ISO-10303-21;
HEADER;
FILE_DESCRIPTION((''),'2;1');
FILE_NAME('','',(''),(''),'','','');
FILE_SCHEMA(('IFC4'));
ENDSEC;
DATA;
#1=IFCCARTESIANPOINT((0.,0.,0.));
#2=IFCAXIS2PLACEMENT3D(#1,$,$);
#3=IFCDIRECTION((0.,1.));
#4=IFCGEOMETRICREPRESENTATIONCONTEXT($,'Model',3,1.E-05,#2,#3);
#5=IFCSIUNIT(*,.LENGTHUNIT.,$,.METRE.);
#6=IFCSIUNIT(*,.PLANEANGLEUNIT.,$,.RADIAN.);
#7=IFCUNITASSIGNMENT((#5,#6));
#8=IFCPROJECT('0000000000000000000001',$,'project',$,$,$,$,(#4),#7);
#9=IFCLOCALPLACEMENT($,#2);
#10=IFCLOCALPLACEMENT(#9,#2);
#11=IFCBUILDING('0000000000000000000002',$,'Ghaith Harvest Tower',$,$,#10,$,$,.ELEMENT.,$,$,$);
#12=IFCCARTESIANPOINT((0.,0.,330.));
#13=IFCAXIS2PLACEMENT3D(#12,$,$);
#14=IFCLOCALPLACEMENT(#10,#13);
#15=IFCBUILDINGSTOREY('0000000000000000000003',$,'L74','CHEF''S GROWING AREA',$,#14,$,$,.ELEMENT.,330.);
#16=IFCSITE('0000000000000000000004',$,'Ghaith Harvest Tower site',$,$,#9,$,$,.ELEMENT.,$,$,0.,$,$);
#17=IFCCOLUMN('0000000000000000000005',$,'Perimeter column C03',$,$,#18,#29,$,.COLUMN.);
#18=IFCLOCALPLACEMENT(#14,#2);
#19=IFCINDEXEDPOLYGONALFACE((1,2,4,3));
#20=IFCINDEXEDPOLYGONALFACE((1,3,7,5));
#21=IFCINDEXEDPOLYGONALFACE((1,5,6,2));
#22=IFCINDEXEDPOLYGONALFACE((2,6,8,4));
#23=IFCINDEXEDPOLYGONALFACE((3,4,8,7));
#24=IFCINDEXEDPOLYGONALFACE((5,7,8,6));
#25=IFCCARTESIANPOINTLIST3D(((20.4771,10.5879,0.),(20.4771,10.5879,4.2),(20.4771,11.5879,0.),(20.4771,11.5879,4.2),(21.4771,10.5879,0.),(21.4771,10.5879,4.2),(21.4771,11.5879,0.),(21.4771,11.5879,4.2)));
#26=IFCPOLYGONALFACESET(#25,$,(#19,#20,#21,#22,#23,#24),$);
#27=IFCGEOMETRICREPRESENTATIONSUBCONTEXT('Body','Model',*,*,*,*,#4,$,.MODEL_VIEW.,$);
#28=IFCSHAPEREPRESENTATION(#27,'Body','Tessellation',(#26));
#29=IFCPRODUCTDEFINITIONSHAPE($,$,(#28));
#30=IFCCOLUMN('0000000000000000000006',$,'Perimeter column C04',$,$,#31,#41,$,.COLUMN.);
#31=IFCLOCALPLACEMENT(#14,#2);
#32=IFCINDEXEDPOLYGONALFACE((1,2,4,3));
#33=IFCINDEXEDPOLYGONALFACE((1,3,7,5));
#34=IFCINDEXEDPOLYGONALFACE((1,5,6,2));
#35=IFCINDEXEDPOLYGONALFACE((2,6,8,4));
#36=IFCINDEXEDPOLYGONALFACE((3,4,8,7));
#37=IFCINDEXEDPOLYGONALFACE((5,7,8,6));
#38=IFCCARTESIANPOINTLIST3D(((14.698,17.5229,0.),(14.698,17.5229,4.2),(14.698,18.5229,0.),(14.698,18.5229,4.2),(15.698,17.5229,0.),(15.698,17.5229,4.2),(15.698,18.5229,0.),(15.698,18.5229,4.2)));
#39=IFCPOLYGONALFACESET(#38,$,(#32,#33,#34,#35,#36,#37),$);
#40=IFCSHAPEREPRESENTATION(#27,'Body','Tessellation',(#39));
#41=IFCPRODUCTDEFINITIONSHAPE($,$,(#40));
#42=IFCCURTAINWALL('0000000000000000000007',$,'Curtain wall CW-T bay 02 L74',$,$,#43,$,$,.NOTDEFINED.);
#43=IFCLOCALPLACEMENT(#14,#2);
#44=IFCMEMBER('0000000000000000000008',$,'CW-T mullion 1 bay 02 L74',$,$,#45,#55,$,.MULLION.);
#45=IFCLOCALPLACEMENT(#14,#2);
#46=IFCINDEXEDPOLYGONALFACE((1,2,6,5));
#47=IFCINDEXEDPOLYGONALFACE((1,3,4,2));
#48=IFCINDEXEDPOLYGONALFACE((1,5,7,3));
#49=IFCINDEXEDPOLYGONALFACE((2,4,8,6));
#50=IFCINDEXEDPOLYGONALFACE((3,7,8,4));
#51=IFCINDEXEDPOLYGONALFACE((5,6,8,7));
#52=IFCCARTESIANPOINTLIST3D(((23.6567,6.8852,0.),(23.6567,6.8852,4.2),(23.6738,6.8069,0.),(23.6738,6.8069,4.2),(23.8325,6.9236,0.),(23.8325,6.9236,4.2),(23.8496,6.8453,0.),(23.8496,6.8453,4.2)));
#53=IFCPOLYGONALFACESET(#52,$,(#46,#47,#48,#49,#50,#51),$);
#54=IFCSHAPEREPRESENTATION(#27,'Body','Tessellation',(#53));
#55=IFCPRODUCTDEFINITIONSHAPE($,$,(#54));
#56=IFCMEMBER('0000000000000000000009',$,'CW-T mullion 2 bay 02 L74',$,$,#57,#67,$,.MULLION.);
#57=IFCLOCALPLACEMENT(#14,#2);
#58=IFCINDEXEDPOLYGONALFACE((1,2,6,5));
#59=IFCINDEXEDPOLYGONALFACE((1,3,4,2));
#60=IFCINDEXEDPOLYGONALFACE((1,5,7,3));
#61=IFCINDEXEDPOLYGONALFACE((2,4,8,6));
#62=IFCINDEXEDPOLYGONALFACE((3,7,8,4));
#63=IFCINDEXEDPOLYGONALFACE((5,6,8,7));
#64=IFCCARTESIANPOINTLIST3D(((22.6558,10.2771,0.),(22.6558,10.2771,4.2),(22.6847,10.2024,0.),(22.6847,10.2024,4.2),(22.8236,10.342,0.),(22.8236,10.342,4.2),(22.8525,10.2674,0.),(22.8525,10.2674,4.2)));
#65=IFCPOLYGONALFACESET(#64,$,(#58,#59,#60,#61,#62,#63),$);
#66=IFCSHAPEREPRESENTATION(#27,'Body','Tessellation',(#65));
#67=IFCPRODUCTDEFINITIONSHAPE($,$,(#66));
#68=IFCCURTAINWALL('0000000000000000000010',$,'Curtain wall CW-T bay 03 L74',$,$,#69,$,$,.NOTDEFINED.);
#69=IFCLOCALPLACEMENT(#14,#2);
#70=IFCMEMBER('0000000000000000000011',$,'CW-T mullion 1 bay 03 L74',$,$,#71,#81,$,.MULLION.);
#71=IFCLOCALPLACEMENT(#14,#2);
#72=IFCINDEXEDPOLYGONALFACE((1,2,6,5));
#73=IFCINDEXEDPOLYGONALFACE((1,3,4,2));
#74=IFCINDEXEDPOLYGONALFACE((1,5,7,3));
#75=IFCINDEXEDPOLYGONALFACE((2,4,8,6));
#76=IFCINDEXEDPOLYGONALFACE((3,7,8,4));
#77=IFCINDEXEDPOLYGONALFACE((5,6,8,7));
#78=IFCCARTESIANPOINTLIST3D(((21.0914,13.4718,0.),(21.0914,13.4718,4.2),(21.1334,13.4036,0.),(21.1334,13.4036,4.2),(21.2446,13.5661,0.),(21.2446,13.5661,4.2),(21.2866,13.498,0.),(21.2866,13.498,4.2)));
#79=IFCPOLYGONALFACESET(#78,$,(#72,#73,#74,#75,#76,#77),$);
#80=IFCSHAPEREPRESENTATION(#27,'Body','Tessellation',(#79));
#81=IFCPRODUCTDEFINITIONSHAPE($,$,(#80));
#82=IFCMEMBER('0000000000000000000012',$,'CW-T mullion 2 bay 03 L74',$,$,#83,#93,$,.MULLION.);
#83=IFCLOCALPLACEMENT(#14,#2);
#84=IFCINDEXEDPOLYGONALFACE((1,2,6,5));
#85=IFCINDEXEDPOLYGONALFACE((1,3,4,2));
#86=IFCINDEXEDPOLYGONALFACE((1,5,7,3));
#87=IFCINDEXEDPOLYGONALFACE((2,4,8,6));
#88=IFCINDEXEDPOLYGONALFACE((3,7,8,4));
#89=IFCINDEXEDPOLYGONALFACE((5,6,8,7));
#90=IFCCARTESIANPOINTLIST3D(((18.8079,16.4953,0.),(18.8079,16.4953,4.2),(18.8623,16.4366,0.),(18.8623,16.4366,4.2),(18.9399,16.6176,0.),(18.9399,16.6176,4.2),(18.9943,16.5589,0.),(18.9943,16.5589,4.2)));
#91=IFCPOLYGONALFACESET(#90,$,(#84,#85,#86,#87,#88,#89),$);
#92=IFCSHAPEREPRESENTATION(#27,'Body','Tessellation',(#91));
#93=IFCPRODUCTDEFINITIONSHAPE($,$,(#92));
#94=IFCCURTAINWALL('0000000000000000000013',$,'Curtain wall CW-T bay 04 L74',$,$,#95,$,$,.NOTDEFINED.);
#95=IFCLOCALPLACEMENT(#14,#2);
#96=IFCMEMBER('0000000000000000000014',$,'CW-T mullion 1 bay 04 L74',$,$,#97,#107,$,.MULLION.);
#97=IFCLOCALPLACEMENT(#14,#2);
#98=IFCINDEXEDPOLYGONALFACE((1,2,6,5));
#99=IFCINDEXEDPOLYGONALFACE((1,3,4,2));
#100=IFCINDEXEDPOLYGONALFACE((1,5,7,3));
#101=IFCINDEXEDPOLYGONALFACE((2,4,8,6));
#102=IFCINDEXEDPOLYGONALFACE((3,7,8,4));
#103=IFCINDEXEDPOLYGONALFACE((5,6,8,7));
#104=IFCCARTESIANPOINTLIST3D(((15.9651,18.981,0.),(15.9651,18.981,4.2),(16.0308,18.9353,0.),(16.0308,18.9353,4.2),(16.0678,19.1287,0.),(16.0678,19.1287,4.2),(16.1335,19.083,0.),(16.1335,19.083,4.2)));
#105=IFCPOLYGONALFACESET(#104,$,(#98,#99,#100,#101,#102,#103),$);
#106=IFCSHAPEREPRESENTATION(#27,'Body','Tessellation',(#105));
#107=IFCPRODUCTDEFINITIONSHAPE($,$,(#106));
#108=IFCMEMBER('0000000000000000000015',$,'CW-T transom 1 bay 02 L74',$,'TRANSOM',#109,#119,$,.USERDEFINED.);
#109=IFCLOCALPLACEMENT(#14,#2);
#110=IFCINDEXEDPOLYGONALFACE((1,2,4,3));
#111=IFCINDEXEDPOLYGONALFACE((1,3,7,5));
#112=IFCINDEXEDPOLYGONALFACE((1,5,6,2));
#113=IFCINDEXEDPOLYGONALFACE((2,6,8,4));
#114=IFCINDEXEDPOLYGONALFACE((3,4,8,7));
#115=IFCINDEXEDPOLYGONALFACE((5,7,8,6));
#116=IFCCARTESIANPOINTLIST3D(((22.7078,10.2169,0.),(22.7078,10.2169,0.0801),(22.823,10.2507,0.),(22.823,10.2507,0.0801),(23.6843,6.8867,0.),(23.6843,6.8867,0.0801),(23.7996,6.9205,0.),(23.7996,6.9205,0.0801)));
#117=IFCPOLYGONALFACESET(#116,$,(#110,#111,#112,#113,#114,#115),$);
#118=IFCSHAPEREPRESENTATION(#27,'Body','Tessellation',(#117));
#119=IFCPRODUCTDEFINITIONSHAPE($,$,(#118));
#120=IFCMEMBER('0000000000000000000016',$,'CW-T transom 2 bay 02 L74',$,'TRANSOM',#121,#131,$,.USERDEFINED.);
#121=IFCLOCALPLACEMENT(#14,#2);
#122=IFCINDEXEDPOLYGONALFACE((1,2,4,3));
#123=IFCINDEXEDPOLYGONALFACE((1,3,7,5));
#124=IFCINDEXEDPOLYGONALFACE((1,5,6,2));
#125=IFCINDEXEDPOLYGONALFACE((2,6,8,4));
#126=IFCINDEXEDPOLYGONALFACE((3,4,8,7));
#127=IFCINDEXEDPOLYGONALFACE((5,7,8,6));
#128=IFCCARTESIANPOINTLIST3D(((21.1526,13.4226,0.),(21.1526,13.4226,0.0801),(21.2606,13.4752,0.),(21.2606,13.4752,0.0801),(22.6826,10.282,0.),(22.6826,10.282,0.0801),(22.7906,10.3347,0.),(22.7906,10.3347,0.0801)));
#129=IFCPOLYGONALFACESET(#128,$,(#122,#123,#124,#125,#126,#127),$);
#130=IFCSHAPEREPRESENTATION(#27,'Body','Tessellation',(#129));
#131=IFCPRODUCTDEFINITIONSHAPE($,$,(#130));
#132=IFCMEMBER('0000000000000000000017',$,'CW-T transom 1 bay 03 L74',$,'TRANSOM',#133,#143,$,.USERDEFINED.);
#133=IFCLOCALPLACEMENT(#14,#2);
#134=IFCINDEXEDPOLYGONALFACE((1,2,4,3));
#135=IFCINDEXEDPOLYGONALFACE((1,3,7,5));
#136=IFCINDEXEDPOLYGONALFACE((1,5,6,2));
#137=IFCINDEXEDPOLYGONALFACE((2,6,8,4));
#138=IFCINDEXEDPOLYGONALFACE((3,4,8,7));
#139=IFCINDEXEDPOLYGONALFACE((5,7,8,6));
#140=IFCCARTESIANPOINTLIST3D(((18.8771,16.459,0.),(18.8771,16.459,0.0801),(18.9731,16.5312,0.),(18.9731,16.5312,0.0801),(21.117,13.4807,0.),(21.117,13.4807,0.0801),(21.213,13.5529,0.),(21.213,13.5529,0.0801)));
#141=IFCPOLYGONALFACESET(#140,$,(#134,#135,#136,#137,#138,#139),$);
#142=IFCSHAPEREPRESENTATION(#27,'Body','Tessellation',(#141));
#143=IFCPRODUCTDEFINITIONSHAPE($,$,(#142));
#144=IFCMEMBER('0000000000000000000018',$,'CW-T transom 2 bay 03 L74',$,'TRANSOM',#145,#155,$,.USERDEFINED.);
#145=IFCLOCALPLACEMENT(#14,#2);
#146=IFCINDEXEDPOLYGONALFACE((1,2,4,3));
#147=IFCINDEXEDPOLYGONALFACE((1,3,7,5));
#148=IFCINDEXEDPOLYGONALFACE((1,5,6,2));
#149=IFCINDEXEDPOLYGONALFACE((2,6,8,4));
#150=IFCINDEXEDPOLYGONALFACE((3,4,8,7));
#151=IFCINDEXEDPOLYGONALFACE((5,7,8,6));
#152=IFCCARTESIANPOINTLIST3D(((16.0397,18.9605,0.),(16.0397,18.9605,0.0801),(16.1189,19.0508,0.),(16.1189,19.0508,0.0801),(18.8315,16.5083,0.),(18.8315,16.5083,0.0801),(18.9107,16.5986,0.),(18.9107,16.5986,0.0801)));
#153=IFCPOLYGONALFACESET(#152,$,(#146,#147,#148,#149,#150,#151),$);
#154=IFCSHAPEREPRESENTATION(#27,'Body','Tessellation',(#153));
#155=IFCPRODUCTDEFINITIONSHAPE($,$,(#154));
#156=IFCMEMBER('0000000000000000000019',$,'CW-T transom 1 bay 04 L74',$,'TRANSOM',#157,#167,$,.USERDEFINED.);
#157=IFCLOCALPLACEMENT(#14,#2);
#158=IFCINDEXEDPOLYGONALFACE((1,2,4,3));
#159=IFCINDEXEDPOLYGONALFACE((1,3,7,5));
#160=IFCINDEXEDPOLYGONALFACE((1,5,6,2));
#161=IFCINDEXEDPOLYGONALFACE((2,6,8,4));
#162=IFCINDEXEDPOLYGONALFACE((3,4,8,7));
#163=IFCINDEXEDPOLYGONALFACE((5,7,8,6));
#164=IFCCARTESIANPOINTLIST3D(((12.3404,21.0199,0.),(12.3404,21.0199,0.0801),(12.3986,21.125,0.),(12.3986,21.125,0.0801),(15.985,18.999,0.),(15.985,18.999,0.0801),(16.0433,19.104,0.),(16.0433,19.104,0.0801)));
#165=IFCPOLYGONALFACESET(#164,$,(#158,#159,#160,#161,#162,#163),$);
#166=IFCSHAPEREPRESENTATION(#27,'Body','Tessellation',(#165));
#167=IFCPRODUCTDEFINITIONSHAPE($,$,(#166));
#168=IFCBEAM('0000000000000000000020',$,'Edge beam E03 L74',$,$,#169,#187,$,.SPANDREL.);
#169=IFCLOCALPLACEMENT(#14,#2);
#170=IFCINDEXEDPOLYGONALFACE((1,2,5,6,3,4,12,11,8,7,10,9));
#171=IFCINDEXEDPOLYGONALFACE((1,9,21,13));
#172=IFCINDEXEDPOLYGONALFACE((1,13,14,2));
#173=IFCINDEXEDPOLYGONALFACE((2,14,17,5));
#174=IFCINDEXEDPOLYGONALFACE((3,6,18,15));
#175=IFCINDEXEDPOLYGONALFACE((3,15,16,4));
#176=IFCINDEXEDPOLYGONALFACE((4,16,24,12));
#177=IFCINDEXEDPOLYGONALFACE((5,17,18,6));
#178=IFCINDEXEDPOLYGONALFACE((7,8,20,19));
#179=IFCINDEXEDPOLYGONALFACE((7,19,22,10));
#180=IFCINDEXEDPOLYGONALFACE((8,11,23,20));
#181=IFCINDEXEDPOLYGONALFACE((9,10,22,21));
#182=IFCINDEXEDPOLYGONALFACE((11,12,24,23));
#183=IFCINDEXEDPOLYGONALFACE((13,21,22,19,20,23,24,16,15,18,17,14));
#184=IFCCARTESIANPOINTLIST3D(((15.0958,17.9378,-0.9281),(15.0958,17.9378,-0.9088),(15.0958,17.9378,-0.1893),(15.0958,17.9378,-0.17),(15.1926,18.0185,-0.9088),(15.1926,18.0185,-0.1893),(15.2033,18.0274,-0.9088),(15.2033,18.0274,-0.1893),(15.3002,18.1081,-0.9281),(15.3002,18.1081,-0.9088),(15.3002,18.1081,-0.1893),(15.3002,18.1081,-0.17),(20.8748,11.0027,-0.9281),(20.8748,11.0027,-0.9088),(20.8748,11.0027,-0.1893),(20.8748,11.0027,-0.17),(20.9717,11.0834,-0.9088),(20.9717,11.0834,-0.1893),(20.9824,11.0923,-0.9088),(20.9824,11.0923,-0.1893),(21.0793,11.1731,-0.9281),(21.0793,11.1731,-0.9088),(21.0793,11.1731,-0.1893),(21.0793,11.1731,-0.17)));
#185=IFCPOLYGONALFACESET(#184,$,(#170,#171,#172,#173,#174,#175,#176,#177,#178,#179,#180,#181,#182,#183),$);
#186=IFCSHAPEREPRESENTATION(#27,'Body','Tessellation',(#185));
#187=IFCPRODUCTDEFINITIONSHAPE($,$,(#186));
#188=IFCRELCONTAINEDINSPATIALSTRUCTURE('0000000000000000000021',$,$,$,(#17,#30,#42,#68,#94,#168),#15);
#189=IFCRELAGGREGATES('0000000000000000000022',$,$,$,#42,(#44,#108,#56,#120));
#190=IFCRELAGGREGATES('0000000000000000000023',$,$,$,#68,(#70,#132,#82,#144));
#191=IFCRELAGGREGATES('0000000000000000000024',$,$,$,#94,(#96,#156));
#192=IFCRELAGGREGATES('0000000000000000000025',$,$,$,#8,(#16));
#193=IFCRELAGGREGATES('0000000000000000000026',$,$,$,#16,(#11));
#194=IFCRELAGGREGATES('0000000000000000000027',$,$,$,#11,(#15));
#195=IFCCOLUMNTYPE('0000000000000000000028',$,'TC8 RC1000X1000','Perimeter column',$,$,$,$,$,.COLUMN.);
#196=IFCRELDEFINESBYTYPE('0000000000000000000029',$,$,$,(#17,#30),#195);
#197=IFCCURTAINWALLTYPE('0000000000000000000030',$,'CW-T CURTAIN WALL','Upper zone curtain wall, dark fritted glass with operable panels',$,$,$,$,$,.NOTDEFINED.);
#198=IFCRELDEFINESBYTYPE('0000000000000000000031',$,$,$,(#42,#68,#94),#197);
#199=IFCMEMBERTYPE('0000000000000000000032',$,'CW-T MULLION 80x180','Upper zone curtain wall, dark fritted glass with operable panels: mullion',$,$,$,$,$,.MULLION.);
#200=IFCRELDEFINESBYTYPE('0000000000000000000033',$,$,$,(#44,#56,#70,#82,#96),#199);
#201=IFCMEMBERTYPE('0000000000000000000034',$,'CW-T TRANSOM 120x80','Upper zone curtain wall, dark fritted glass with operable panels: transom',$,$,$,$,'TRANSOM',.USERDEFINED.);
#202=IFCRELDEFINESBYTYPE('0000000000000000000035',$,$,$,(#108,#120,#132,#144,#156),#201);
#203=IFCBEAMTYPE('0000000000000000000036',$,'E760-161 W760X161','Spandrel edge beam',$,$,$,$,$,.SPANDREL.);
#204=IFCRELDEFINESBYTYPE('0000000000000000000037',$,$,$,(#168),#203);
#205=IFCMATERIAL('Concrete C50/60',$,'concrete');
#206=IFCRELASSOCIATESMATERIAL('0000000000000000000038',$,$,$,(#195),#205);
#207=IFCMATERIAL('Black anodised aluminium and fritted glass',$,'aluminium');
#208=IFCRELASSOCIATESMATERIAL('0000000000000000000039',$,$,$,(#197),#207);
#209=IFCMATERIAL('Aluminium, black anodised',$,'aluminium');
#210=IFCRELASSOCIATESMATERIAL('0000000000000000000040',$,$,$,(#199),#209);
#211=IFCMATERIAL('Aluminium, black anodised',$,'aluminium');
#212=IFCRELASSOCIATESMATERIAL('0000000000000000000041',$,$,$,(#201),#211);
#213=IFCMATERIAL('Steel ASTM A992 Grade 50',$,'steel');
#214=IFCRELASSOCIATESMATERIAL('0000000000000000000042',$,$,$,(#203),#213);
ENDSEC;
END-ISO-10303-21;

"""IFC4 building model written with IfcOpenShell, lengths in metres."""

from ifc_helpers import new_model, si_unit, direction, frame, origin, origin_2d, place, context, subcontext, project, spatial, rectangle, i_section, extrude, material, material_profile, profile_set, type_object, element, aggregate, save


model = new_model("IFC4")

# Units and contexts
model_context = context("Model", 3, precision=1e-05, world=origin(), true_north=direction((0.0, 1.0)))
body_context = subcontext(model_context, "Body", "Model", "MODEL_VIEW")
ifc_project = project(units=[si_unit("LENGTHUNIT", "METRE"), si_unit("PLANEANGLEUNIT", "RADIAN")], contexts=[model_context])

# Site, building, storey
site_placement = place(None, origin())
site = spatial("IfcSite", under=ifc_project, at=site_placement, Name="Ghaith Harvest Tower site", CompositionType="ELEMENT", RefElevation=0.0)
building_placement = place(site_placement, origin())
building = spatial("IfcBuilding", under=site, at=building_placement, Name="Ghaith Harvest Tower", CompositionType="ELEMENT")
storey_placement = place(building_placement, frame((0.0, 0.0, 330.0)))
storey = spatial("IfcBuildingStorey", under=building, at=storey_placement, Name="L74", Description="CHEF'S GROWING AREA", CompositionType="ELEMENT", Elevation=330.0)

# Columns
ifc_material_1 = material(Name="Concrete C50/60", Category="concrete")
ifc_material_profile_1 = material_profile(ifc_material_1, rectangle(XDim=1.0, YDim=1.0, at=origin_2d()), Name="RC1000X1000")
ifc_profile_set_1 = profile_set([ifc_material_profile_1], Name="Concrete C50/60")
column_type = type_object("IfcColumnType", Name="TC8 RC1000X1000", Description="Perimeter column", PredefinedType="COLUMN", material=ifc_profile_set_1)
for number, where, z_axis, x_axis, name in (
    (1, (20.9771, 11.0879, 0.0), (0.0, 0.0, 1.0), (1.0, 0.0, 0.0), "Perimeter column C03"),
    (2, (15.198, 18.0229, 0.0), (0.0, 0.0, 1.0), (1.0, 0.0, 0.0), "Perimeter column C04"),
):
    element("IfcColumn", number, at=place(storey_placement, frame(where, z_axis=z_axis, x_axis=x_axis)), inside=storey, type_object=column_type, Name=name, PredefinedType="COLUMN", context=body_context, shape_type="SweptSolid", body=[
        extrude(rectangle(XDim=1.0, YDim=1.0, at=origin_2d()), origin(), (0.0, 0.0, 1.0), 4.2),
    ])

# Curtain walls, members
ifc_material_2 = material(Name="Black anodised aluminium and fritted glass", Category="aluminium")
curtain_wall_type = type_object("IfcCurtainWallType", Name="CW-T CURTAIN WALL", Description="Upper zone curtain wall, dark fritted glass with operable panels", PredefinedType="NOTDEFINED", material=ifc_material_2)
curtain_wall_1_placement = place(storey_placement, origin())
curtain_wall_1 = element("IfcCurtainWall", 3, at=curtain_wall_1_placement, inside=storey, type_object=curtain_wall_type, Name="Curtain wall CW-T bay 02 L74", PredefinedType="NOTDEFINED")
ifc_material_3 = material(Name="Aluminium, black anodised", Category="aluminium")
ifc_material_profile_2 = material_profile(ifc_material_3, rectangle(XDim=0.0801, YDim=0.1799, at=origin_2d()), Name="CW-T MULLION 80x180")
ifc_profile_set_2 = profile_set([ifc_material_profile_2], Name="Aluminium, black anodised")
member_type_1 = type_object("IfcMemberType", Name="CW-T MULLION 80x180", Description="Upper zone curtain wall, dark fritted glass with operable panels: mullion", PredefinedType="MULLION", material=ifc_profile_set_2)
member_1_placement = place(storey_placement, frame((23.7532, 6.8652, 0.0), z_axis=(0.0, 0.0, 1.0), x_axis=(-0.213402, 0.976964, 0.0)))
member_1 = element("IfcMember", 4, at=member_1_placement, type_object=member_type_1, Name="CW-T mullion 1 bay 02 L74", PredefinedType="MULLION", context=body_context, shape_type="SweptSolid", body=[
    extrude(rectangle(XDim=0.0801, YDim=0.1799, at=origin_2d()), origin(), (0.0, 0.0, 1.0), 4.2),
])
member_2_placement = place(storey_placement, frame((22.7542, 10.2722, 0.0), z_axis=(0.0, 0.0, 1.0), x_axis=(-0.361184, 0.932494, 0.0)))
member_2 = element("IfcMember", 5, at=member_2_placement, type_object=member_type_1, Name="CW-T mullion 2 bay 02 L74", PredefinedType="MULLION", context=body_context, shape_type="SweptSolid", body=[
    extrude(rectangle(XDim=0.0801, YDim=0.1799, at=origin_2d()), origin(), (0.0, 0.0, 1.0), 4.2),
])
curtain_wall_2_placement = place(storey_placement, origin())
curtain_wall_2 = element("IfcCurtainWall", 6, at=curtain_wall_2_placement, inside=storey, type_object=curtain_wall_type, Name="Curtain wall CW-T bay 03 L74", PredefinedType="NOTDEFINED")
member_3_placement = place(storey_placement, frame((21.189, 13.4849, 0.0), z_axis=(0.0, 0.0, 1.0), x_axis=(-0.524482, 0.851421, 0.0)))
member_3 = element("IfcMember", 7, at=member_3_placement, type_object=member_type_1, Name="CW-T mullion 1 bay 03 L74", PredefinedType="MULLION", context=body_context, shape_type="SweptSolid", body=[
    extrude(rectangle(XDim=0.0801, YDim=0.1799, at=origin_2d()), origin(), (0.0, 0.0, 1.0), 4.2),
])
member_4_placement = place(storey_placement, frame((18.9011, 16.5271, 0.0), z_axis=(0.0, 0.0, 1.0), x_axis=(-0.679661, 0.733526, 0.0)))
member_4 = element("IfcMember", 8, at=member_4_placement, type_object=member_type_1, Name="CW-T mullion 2 bay 03 L74", PredefinedType="MULLION", context=body_context, shape_type="SweptSolid", body=[
    extrude(rectangle(XDim=0.0801, YDim=0.1799, at=origin_2d()), origin(), (0.0, 0.0, 1.0), 4.2),
])

# Curtain wall, member
curtain_wall_3_placement = place(storey_placement, origin())
curtain_wall_3 = element("IfcCurtainWall", 9, at=curtain_wall_3_placement, inside=storey, type_object=curtain_wall_type, Name="Curtain wall CW-T bay 04 L74", PredefinedType="NOTDEFINED")
member_5_placement = place(storey_placement, frame((16.0493, 19.032, 0.0), z_axis=(0.0, 0.0, 1.0), x_axis=(-0.821112, 0.570767, 0.0)))
member_5 = element("IfcMember", 10, at=member_5_placement, type_object=member_type_1, Name="CW-T mullion 1 bay 04 L74", PredefinedType="MULLION", context=body_context, shape_type="SweptSolid", body=[
    extrude(rectangle(XDim=0.0801, YDim=0.1799, at=origin_2d()), origin(), (0.0, 0.0, 1.0), 4.2),
])

# Members
ifc_material_4 = material(Name="Aluminium, black anodised", Category="aluminium")
ifc_material_profile_3 = material_profile(ifc_material_4, rectangle(XDim=0.1201, YDim=0.0801, at=origin_2d()), Name="CW-T TRANSOM 120x80")
ifc_profile_set_3 = profile_set([ifc_material_profile_3], Name="Aluminium, black anodised")
member_type_2 = type_object("IfcMemberType", Name="CW-T TRANSOM 120x80", Description="Upper zone curtain wall, dark fritted glass with operable panels: transom", ElementType="TRANSOM", PredefinedType="USERDEFINED", material=ifc_profile_set_3)
member_6_placement = place(storey_placement, frame((23.7419, 6.9036, 0.04), z_axis=(-0.281385, 0.959595, 0.0), x_axis=(-0.959595, -0.281385, 0.0)))
member_6 = element("IfcMember", 11, at=member_6_placement, type_object=member_type_2, Name="CW-T transom 1 bay 02 L74", ObjectType="TRANSOM", PredefinedType="USERDEFINED", context=body_context, shape_type="SweptSolid", body=[
    extrude(rectangle(XDim=0.1201, YDim=0.0801, at=origin_2d()), origin(), (0.0, 0.0, 1.0), 3.4705),
])
member_7_placement = place(storey_placement, frame((22.7366, 10.3083, 0.04), z_axis=(-0.437965, 0.898992, 0.0), x_axis=(-0.898992, -0.437965, 0.0)))
member_7 = element("IfcMember", 12, at=member_7_placement, type_object=member_type_2, Name="CW-T transom 2 bay 02 L74", ObjectType="TRANSOM", PredefinedType="USERDEFINED", context=body_context, shape_type="SweptSolid", body=[
    extrude(rectangle(XDim=0.1201, YDim=0.0801, at=origin_2d()), origin(), (0.0, 0.0, 1.0), 3.4934),
])
member_8_placement = place(storey_placement, frame((21.165, 13.5168, 0.04), z_axis=(-0.601079, 0.79919, 0.0), x_axis=(-0.79919, -0.601079, 0.0)))
member_8 = element("IfcMember", 13, at=member_8_placement, type_object=member_type_2, Name="CW-T transom 1 bay 03 L74", ObjectType="TRANSOM", PredefinedType="USERDEFINED", context=body_context, shape_type="SweptSolid", body=[
    extrude(rectangle(XDim=0.1201, YDim=0.0801, at=origin_2d()), origin(), (0.0, 0.0, 1.0), 3.7266),
])
member_9_placement = place(storey_placement, frame((18.8711, 16.5535, 0.04), z_axis=(-0.751326, 0.659931, 0.0), x_axis=(-0.659931, -0.751326, 0.0)))
member_9 = element("IfcMember", 14, at=member_9_placement, type_object=member_type_2, Name="CW-T transom 2 bay 03 L74", ObjectType="TRANSOM", PredefinedType="USERDEFINED", context=body_context, shape_type="SweptSolid", body=[
    extrude(rectangle(XDim=0.1201, YDim=0.0801, at=origin_2d()), origin(), (0.0, 0.0, 1.0), 3.7158),
])
member_10_placement = place(storey_placement, frame((16.0142, 19.0515, 0.04), z_axis=(-0.874552, 0.484932, 0.0), x_axis=(-0.484932, -0.874552, 0.0)))
member_10 = element("IfcMember", 15, at=member_10_placement, type_object=member_type_2, Name="CW-T transom 1 bay 04 L74", ObjectType="TRANSOM", PredefinedType="USERDEFINED", context=body_context, shape_type="SweptSolid", body=[
    extrude(rectangle(XDim=0.1201, YDim=0.0801, at=origin_2d()), origin(), (0.0, 0.0, 1.0), 4.1675),
])

# Beam
ifc_material_5 = material(Name="Steel ASTM A992 Grade 50", Category="steel")
ifc_material_profile_4 = material_profile(ifc_material_5, i_section(OverallWidth=0.2661, OverallDepth=0.7581, WebThickness=0.0139, FlangeThickness=0.0193, at=origin_2d()), Name="W760X161")
ifc_profile_set_4 = profile_set([ifc_material_profile_4], Name="Steel ASTM A992 Grade 50")
beam_type_1 = type_object("IfcBeamType", Name="E760-161 W760X161", Description="Spandrel edge beam", PredefinedType="SPANDREL", material=ifc_profile_set_4)
beam_1_placement = place(storey_placement, frame((20.9771, 11.0879, -0.5491), z_axis=(-0.640174, 0.76823, 0.0), x_axis=(-0.76823, -0.640174, 0.0)))
element("IfcBeam", 16, at=beam_1_placement, inside=storey, type_object=beam_type_1, Name="Edge beam E03 L74", PredefinedType="SPANDREL", context=body_context, shape_type="SweptSolid", body=[
    extrude(i_section(OverallWidth=0.2661, OverallDepth=0.7581, WebThickness=0.0139, FlangeThickness=0.0193, at=origin_2d()), origin(), (0.0, 0.0, 1.0), 9.0273),
])

aggregate(curtain_wall_1, [member_1, member_6, member_2, member_7])
aggregate(curtain_wall_2, [member_3, member_8, member_4, member_9])
aggregate(curtain_wall_3, [member_5, member_10])

save(model, "model.ifc")
